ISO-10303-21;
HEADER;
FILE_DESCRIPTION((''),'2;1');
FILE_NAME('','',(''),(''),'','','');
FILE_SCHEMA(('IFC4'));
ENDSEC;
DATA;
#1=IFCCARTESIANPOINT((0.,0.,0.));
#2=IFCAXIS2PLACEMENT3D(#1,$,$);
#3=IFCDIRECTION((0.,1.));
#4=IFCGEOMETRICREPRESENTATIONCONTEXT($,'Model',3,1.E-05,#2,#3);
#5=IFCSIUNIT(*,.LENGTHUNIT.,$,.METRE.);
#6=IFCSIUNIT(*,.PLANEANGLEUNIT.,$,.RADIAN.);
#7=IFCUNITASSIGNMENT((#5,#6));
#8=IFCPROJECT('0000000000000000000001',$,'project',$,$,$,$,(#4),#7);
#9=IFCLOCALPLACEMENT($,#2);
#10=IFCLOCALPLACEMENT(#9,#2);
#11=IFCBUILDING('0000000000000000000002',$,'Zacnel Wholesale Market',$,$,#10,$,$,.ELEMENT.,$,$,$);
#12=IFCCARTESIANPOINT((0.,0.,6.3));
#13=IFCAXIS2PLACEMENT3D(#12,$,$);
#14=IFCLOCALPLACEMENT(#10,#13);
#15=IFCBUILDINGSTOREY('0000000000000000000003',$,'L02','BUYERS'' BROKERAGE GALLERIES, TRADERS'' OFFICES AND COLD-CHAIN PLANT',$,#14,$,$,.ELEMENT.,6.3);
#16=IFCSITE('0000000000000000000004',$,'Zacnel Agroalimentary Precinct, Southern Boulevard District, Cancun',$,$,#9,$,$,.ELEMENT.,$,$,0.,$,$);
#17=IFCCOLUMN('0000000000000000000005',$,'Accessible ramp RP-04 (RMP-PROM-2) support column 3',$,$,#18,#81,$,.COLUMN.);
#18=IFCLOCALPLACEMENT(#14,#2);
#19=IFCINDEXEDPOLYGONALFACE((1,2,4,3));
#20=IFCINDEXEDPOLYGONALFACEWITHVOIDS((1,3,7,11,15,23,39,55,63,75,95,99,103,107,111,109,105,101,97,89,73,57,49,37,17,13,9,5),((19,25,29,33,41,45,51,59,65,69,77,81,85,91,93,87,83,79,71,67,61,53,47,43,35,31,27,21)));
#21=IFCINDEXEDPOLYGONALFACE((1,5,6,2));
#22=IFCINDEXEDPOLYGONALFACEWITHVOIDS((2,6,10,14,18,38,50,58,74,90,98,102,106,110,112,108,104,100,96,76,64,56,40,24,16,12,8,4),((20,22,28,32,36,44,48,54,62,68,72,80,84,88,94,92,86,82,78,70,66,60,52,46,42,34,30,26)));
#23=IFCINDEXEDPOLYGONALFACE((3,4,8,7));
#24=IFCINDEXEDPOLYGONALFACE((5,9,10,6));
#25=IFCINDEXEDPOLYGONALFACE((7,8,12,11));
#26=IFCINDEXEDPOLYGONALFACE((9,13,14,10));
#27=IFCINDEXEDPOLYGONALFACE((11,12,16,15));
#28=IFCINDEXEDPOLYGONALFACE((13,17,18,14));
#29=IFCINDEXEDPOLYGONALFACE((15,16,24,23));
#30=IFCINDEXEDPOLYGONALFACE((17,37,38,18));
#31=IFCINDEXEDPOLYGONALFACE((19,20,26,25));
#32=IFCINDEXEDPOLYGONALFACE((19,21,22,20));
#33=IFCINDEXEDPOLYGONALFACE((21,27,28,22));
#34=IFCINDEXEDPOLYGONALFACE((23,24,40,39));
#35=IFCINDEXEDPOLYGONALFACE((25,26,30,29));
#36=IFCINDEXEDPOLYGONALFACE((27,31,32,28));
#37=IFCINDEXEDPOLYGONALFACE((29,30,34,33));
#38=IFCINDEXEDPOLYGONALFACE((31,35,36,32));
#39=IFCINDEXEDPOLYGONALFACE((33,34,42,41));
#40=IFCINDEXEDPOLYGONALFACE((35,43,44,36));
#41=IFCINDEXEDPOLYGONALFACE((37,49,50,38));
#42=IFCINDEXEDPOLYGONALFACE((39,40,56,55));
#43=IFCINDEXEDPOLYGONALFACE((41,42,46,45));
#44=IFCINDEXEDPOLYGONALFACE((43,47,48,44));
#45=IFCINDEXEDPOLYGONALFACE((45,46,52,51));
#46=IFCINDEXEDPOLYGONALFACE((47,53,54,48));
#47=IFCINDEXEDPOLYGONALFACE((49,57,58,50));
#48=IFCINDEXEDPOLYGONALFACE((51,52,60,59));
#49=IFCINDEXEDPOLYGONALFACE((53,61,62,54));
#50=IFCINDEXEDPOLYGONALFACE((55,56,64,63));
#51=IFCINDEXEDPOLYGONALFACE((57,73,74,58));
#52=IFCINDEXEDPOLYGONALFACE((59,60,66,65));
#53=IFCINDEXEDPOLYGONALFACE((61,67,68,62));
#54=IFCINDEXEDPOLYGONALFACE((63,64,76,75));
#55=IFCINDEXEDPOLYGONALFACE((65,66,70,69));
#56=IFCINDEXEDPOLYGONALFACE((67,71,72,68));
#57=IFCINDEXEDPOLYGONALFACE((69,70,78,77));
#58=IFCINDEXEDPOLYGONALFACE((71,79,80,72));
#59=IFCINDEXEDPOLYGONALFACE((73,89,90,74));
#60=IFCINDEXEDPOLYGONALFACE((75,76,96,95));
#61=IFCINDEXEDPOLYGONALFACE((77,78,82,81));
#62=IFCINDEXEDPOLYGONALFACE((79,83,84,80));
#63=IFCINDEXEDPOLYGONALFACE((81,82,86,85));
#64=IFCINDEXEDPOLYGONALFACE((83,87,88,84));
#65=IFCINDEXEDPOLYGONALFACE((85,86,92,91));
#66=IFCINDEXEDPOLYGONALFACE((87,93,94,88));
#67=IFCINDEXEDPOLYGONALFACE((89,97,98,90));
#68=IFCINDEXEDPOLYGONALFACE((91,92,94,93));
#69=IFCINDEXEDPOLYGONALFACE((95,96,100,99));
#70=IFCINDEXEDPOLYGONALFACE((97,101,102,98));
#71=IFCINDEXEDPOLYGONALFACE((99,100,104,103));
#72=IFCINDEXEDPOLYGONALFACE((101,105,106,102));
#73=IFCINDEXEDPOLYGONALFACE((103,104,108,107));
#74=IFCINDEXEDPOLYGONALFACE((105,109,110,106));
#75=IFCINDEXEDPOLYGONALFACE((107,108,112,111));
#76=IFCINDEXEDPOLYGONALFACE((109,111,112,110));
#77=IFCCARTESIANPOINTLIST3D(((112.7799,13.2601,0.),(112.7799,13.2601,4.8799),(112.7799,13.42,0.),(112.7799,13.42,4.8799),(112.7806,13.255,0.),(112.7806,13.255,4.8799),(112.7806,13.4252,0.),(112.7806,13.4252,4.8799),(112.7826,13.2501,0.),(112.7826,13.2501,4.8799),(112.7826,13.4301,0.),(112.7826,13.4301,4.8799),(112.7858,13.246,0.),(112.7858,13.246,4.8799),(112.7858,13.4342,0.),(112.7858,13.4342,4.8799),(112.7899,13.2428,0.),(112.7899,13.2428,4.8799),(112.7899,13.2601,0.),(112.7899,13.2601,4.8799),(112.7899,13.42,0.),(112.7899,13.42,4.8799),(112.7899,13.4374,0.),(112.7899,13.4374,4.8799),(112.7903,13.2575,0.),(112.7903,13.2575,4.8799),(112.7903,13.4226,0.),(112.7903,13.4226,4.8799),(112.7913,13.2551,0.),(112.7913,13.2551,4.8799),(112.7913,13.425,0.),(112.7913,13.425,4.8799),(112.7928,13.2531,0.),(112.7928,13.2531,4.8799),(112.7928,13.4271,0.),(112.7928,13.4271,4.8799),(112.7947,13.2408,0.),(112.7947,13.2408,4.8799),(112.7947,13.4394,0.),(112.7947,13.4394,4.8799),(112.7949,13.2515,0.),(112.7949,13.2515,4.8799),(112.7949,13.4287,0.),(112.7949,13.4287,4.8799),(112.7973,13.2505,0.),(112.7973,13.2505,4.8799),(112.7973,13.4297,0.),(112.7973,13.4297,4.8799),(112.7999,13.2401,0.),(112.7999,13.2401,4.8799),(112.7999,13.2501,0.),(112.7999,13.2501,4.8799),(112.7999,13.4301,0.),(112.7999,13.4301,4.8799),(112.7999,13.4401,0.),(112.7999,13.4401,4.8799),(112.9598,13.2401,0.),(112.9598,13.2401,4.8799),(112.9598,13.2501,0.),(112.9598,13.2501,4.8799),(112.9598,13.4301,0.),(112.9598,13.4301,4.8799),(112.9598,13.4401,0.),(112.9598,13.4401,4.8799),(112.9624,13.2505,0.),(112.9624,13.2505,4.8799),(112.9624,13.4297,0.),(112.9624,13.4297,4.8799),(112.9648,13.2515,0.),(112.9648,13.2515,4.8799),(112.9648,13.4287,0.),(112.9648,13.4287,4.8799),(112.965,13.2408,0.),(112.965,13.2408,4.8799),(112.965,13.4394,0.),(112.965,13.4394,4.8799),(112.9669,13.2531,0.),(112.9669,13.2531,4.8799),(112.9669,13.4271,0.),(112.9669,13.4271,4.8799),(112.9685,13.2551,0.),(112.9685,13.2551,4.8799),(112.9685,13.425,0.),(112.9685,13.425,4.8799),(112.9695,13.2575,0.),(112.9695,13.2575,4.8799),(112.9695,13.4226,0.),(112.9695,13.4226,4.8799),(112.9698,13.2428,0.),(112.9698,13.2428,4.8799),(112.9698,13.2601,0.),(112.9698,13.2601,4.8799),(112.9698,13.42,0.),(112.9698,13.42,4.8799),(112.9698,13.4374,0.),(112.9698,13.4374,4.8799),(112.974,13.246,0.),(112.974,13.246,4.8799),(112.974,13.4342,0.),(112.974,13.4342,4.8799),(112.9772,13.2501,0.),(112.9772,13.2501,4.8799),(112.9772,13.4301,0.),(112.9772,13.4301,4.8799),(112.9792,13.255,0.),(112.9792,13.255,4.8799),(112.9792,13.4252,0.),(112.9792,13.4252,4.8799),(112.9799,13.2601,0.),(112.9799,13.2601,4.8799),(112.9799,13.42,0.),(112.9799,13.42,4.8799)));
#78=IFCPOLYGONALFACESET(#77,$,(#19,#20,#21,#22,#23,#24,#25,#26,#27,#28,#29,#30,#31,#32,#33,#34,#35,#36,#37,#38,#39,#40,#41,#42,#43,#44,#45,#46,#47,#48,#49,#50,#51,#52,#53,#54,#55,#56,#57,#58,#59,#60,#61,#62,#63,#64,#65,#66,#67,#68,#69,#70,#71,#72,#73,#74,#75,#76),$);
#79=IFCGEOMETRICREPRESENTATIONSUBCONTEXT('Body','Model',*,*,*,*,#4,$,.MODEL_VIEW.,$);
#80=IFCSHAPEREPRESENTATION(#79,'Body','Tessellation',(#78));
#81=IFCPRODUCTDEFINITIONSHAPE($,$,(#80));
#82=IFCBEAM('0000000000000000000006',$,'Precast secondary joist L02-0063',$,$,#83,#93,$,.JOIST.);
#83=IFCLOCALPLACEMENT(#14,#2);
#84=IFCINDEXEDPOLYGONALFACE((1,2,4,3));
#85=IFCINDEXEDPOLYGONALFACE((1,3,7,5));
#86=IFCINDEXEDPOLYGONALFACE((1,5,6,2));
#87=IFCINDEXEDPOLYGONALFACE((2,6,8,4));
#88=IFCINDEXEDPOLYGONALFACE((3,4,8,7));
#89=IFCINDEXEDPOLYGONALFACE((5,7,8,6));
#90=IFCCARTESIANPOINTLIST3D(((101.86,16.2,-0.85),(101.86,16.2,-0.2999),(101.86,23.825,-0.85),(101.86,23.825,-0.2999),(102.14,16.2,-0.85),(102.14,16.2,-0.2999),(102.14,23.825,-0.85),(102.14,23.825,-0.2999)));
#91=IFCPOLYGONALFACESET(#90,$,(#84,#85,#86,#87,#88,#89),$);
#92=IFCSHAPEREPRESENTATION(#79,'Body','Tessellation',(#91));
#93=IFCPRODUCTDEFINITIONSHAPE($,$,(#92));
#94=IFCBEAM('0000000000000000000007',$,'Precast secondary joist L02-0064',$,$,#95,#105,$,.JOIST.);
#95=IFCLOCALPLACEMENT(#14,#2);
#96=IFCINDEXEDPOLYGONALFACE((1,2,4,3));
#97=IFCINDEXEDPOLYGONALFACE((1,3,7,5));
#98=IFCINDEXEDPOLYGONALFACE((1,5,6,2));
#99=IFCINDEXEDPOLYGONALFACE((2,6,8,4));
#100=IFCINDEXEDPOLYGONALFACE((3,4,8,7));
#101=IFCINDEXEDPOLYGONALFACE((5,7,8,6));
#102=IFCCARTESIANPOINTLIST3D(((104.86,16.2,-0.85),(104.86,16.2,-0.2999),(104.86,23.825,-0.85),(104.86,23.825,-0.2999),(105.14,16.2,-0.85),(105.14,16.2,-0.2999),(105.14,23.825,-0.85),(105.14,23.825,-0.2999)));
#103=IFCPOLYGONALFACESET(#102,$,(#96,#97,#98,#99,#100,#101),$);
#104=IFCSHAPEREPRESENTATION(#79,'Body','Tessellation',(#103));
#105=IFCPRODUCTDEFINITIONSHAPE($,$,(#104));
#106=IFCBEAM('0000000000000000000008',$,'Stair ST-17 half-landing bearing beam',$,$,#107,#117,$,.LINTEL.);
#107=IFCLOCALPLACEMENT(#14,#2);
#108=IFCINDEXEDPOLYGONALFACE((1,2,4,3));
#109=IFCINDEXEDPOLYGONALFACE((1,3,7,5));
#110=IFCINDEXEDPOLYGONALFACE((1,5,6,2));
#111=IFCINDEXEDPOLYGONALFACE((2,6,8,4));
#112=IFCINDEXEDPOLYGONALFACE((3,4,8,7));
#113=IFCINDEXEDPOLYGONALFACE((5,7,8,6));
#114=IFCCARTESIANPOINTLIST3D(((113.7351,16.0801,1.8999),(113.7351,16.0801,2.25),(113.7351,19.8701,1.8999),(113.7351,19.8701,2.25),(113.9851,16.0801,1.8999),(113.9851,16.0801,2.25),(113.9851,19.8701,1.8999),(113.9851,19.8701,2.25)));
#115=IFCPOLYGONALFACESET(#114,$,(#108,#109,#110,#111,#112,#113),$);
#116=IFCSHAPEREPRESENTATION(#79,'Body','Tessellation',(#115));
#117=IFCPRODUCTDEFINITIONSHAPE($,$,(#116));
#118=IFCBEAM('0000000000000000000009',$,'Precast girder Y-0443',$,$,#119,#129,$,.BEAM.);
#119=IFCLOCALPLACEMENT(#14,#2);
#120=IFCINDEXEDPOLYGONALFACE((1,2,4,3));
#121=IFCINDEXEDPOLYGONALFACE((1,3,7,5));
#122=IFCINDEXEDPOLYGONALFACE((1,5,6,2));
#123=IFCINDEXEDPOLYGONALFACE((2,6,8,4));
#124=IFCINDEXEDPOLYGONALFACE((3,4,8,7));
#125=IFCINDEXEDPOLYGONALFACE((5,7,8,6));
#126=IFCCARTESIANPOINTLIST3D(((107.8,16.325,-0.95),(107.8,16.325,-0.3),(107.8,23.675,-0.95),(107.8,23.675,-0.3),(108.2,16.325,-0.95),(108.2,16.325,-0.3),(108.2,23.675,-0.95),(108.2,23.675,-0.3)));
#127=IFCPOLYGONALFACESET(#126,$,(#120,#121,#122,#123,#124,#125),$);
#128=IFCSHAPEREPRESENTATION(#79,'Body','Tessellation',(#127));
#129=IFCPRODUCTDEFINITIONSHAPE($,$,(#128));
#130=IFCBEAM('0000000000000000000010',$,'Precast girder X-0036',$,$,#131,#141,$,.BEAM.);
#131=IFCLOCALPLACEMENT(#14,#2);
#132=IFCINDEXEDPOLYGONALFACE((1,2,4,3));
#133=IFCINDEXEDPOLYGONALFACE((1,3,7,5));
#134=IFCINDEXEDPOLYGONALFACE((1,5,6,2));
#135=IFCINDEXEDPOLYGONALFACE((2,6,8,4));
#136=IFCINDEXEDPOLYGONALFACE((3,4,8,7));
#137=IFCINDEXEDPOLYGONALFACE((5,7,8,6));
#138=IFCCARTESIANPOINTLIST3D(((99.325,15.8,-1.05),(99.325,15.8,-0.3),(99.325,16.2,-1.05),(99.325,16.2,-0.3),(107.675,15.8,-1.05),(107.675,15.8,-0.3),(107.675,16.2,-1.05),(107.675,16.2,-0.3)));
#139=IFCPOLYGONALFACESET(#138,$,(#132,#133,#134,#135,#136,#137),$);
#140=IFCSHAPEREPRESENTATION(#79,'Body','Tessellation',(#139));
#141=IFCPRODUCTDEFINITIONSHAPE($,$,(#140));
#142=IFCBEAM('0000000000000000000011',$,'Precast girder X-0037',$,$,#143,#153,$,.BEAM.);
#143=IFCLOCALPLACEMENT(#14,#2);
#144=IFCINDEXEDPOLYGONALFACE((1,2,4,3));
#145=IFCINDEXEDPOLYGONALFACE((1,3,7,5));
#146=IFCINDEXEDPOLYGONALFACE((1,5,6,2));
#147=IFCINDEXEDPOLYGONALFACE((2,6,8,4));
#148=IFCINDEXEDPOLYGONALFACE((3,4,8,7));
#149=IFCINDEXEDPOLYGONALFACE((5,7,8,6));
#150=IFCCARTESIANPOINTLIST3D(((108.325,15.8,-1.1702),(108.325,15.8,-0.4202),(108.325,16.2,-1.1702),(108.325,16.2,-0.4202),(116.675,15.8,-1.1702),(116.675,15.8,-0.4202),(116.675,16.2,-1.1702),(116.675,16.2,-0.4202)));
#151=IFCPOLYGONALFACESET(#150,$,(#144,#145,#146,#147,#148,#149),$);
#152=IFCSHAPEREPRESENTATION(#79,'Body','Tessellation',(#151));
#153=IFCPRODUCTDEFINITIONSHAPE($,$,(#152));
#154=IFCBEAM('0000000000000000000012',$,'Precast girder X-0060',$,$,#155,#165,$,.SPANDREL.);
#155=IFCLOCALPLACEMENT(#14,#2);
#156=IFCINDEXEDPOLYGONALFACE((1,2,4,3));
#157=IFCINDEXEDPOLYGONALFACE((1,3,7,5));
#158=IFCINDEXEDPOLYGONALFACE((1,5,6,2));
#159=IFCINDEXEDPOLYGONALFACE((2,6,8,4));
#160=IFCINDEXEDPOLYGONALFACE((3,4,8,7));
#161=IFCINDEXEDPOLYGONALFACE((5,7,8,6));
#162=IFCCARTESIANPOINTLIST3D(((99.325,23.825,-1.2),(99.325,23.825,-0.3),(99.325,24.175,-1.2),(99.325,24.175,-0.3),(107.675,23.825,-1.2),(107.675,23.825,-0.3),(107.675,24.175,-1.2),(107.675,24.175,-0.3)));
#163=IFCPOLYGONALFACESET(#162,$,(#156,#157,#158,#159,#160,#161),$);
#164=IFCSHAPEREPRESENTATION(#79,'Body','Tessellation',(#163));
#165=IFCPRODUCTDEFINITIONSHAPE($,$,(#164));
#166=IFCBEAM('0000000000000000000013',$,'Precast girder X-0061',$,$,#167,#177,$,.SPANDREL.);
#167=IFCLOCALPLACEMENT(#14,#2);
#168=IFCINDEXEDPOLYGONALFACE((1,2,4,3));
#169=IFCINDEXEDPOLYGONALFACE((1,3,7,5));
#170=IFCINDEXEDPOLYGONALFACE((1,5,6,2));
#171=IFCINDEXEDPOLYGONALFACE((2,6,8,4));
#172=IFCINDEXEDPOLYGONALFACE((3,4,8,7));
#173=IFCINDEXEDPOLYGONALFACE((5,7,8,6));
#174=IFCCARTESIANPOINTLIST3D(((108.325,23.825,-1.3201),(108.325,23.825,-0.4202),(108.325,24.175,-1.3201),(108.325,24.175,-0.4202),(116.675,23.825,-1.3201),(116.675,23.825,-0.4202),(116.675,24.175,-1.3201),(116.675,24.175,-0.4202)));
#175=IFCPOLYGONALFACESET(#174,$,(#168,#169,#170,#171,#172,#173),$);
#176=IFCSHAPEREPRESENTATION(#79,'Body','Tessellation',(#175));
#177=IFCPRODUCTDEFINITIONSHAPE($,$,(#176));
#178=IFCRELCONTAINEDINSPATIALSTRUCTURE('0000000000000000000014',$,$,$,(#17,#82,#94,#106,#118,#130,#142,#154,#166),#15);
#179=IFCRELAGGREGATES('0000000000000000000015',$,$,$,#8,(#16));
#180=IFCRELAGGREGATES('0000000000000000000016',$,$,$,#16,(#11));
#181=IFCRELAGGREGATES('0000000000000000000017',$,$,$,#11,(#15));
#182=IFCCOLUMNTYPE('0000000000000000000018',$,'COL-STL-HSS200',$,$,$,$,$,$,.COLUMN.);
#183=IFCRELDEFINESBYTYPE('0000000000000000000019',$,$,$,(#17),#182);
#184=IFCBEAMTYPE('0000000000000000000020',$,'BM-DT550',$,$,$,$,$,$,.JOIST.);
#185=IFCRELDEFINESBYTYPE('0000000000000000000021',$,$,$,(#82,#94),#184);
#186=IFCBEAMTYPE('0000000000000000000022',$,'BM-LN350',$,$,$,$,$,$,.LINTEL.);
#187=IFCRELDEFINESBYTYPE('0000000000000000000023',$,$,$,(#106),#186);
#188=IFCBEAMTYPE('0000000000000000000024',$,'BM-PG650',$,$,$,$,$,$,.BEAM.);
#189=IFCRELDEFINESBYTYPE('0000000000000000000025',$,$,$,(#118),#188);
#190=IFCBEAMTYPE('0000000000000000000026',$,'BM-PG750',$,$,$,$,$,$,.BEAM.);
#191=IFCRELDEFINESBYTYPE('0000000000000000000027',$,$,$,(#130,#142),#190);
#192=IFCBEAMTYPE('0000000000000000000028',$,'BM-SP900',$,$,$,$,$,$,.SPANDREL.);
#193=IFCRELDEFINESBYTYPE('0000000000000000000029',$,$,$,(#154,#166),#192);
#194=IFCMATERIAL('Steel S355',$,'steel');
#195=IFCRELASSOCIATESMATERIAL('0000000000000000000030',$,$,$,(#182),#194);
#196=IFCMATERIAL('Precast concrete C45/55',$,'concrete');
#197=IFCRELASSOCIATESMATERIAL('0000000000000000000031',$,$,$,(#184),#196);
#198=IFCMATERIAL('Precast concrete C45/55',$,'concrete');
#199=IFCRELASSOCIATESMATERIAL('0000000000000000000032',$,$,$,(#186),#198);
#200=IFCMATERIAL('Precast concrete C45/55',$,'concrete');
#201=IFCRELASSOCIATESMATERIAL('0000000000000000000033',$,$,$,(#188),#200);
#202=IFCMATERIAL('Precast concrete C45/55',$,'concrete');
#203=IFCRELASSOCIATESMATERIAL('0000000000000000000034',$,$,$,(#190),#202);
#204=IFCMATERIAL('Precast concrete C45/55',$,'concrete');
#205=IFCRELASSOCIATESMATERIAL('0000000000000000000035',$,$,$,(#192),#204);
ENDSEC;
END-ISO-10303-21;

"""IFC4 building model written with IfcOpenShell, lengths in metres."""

from ifc_helpers import new_model, si_unit, direction, frame, origin, origin_2d, place, context, subcontext, project, spatial, rectangle, hollow_rectangle, extrude, material, material_profile, profile_set, type_object, element, save


model = new_model("IFC4")

# Units and contexts
model_context = context("Model", 3, precision=1e-05, world=origin(), true_north=direction((0.0, 1.0)))
body_context = subcontext(model_context, "Body", "Model", "MODEL_VIEW")
ifc_project = project(units=[si_unit("LENGTHUNIT", "METRE"), si_unit("PLANEANGLEUNIT", "RADIAN")], contexts=[model_context])

# Site, building, storey
site_placement = place(None, origin())
site = spatial("IfcSite", under=ifc_project, at=site_placement, Name="Zacnel Agroalimentary Precinct, Southern Boulevard District, Cancun", CompositionType="ELEMENT", RefElevation=0.0)
building_placement = place(site_placement, origin())
building = spatial("IfcBuilding", under=site, at=building_placement, Name="Zacnel Wholesale Market", CompositionType="ELEMENT")
storey_placement = place(building_placement, frame((0.0, 0.0, 6.3)))
storey = spatial("IfcBuildingStorey", under=building, at=storey_placement, Name="L02", Description="BUYERS' BROKERAGE GALLERIES, TRADERS' OFFICES AND COLD-CHAIN PLANT", CompositionType="ELEMENT", Elevation=6.3)

# Column
ifc_material_1 = material(Name="Steel S355", Category="steel")
ifc_material_profile_1 = material_profile(ifc_material_1, hollow_rectangle(XDim=0.2, YDim=0.2, WallThickness=0.01, InnerFilletRadius=0.01, OuterFilletRadius=0.02, at=origin_2d()), Name="HSS 200x200x10")
ifc_profile_set_1 = profile_set([ifc_material_profile_1], Name="Steel S355")
column_type_1 = type_object("IfcColumnType", Name="COL-STL-HSS200", PredefinedType="COLUMN", material=ifc_profile_set_1)
for number, where, z_axis, x_axis, name in (
    (1, (112.8799, 13.3401, 0.0), (0.0, 0.0, 1.0), (1.0, 0.0, 0.0), "Accessible ramp RP-04 (RMP-PROM-2) support column 3"),
):
    element("IfcColumn", number, at=place(storey_placement, frame(where, z_axis=z_axis, x_axis=x_axis)), inside=storey, type_object=column_type_1, Name=name, PredefinedType="COLUMN", context=body_context, shape_type="SweptSolid", body=[
        extrude(hollow_rectangle(XDim=0.2, YDim=0.2, WallThickness=0.01, InnerFilletRadius=0.01, OuterFilletRadius=0.02, at=origin_2d()), origin(), (0.0, 0.0, 1.0), 4.8799),
    ])

# Beams
ifc_material_2 = material(Name="Precast concrete C45/55", Category="concrete")
ifc_material_profile_2 = material_profile(ifc_material_2, rectangle(XDim=0.28, YDim=0.55, at=origin_2d()), Name="DT RIB 280x550")
ifc_profile_set_2 = profile_set([ifc_material_profile_2], Name="Precast concrete C45/55")
beam_type_1 = type_object("IfcBeamType", Name="BM-DT550", PredefinedType="JOIST", material=ifc_profile_set_2)
for number, where, z_axis, x_axis, name in (
    (2, (102.0, 16.2, -0.575), (0.0, 1.0, 0.0), (-1.0, 0.0, 0.0), "Precast secondary joist L02-0063"),
    (3, (105.0, 16.2, -0.575), (0.0, 1.0, 0.0), (-1.0, 0.0, 0.0), "Precast secondary joist L02-0064"),
):
    element("IfcBeam", number, at=place(storey_placement, frame(where, z_axis=z_axis, x_axis=x_axis)), inside=storey, type_object=beam_type_1, Name=name, PredefinedType="JOIST", context=body_context, shape_type="SweptSolid", body=[
        extrude(rectangle(XDim=0.28, YDim=0.55, at=origin_2d()), origin(), (0.0, 0.0, 1.0), 7.625),
    ])
ifc_material_3 = material(Name="Precast concrete C45/55", Category="concrete")
ifc_material_profile_3 = material_profile(ifc_material_3, rectangle(XDim=0.25, YDim=0.3501, at=origin_2d()), Name="LN 250x350")
ifc_profile_set_3 = profile_set([ifc_material_profile_3], Name="Precast concrete C45/55")
beam_type_2 = type_object("IfcBeamType", Name="BM-LN350", PredefinedType="LINTEL", material=ifc_profile_set_3)
beam_1_placement = place(storey_placement, frame((113.8601, 16.0801, 2.075), z_axis=(0.0, 1.0, 0.0), x_axis=(-1.0, 0.0, 0.0)))
element("IfcBeam", 4, at=beam_1_placement, inside=storey, type_object=beam_type_2, Name="Stair ST-17 half-landing bearing beam", PredefinedType="LINTEL", context=body_context, shape_type="SweptSolid", body=[
    extrude(rectangle(XDim=0.25, YDim=0.3501, at=origin_2d()), origin(), (0.0, 0.0, 1.0), 3.79),
])
ifc_material_4 = material(Name="Precast concrete C45/55", Category="concrete")
ifc_material_profile_4 = material_profile(ifc_material_4, rectangle(XDim=0.3999, YDim=0.6499, at=origin_2d()), Name="PG 400x650")
ifc_profile_set_4 = profile_set([ifc_material_profile_4], Name="Precast concrete C45/55")
beam_type_3 = type_object("IfcBeamType", Name="BM-PG650", PredefinedType="BEAM", material=ifc_profile_set_4)
beam_2_placement = place(storey_placement, frame((108.0, 16.325, -0.625), z_axis=(0.0, 1.0, 0.0), x_axis=(-1.0, 0.0, 0.0)))
element("IfcBeam", 5, at=beam_2_placement, inside=storey, type_object=beam_type_3, Name="Precast girder Y-0443", PredefinedType="BEAM", context=body_context, shape_type="SweptSolid", body=[
    extrude(rectangle(XDim=0.3999, YDim=0.6499, at=origin_2d()), origin(), (0.0, 0.0, 1.0), 7.3501),
])
ifc_material_5 = material(Name="Precast concrete C45/55", Category="concrete")
ifc_material_profile_5 = material_profile(ifc_material_5, rectangle(XDim=0.3999, YDim=0.75, at=origin_2d()), Name="PG 400x750")
ifc_profile_set_5 = profile_set([ifc_material_profile_5], Name="Precast concrete C45/55")
beam_type_4 = type_object("IfcBeamType", Name="BM-PG750", PredefinedType="BEAM", material=ifc_profile_set_5)
for number, where, z_axis, x_axis, name in (
    (6, (99.325, 16.0, -0.675), (1.0, 0.0, 0.0), (0.0, 1.0, 0.0), "Precast girder X-0036"),
    (7, (108.325, 16.0, -0.7952), (1.0, 0.0, 0.0), (0.0, 1.0, 0.0), "Precast girder X-0037"),
):
    element("IfcBeam", number, at=place(storey_placement, frame(where, z_axis=z_axis, x_axis=x_axis)), inside=storey, type_object=beam_type_4, Name=name, PredefinedType="BEAM", context=body_context, shape_type="SweptSolid", body=[
        extrude(rectangle(XDim=0.3999, YDim=0.75, at=origin_2d()), origin(), (0.0, 0.0, 1.0), 8.3501),
    ])
ifc_material_6 = material(Name="Precast concrete C45/55", Category="concrete")
ifc_material_profile_6 = material_profile(ifc_material_6, rectangle(XDim=0.3501, YDim=0.8999, at=origin_2d()), Name="SP 350x900")
ifc_profile_set_6 = profile_set([ifc_material_profile_6], Name="Precast concrete C45/55")
beam_type_5 = type_object("IfcBeamType", Name="BM-SP900", PredefinedType="SPANDREL", material=ifc_profile_set_6)
for number, where, z_axis, x_axis, name in (
    (8, (99.325, 24.0, -0.75), (1.0, 0.0, 0.0), (0.0, 1.0, 0.0), "Precast girder X-0060"),
    (9, (108.325, 24.0, -0.8701), (1.0, 0.0, 0.0), (0.0, 1.0, 0.0), "Precast girder X-0061"),
):
    element("IfcBeam", number, at=place(storey_placement, frame(where, z_axis=z_axis, x_axis=x_axis)), inside=storey, type_object=beam_type_5, Name=name, PredefinedType="SPANDREL", context=body_context, shape_type="SweptSolid", body=[
        extrude(rectangle(XDim=0.3501, YDim=0.8999, at=origin_2d()), origin(), (0.0, 0.0, 1.0), 8.3501),
    ])

save(model, "model.ifc")
